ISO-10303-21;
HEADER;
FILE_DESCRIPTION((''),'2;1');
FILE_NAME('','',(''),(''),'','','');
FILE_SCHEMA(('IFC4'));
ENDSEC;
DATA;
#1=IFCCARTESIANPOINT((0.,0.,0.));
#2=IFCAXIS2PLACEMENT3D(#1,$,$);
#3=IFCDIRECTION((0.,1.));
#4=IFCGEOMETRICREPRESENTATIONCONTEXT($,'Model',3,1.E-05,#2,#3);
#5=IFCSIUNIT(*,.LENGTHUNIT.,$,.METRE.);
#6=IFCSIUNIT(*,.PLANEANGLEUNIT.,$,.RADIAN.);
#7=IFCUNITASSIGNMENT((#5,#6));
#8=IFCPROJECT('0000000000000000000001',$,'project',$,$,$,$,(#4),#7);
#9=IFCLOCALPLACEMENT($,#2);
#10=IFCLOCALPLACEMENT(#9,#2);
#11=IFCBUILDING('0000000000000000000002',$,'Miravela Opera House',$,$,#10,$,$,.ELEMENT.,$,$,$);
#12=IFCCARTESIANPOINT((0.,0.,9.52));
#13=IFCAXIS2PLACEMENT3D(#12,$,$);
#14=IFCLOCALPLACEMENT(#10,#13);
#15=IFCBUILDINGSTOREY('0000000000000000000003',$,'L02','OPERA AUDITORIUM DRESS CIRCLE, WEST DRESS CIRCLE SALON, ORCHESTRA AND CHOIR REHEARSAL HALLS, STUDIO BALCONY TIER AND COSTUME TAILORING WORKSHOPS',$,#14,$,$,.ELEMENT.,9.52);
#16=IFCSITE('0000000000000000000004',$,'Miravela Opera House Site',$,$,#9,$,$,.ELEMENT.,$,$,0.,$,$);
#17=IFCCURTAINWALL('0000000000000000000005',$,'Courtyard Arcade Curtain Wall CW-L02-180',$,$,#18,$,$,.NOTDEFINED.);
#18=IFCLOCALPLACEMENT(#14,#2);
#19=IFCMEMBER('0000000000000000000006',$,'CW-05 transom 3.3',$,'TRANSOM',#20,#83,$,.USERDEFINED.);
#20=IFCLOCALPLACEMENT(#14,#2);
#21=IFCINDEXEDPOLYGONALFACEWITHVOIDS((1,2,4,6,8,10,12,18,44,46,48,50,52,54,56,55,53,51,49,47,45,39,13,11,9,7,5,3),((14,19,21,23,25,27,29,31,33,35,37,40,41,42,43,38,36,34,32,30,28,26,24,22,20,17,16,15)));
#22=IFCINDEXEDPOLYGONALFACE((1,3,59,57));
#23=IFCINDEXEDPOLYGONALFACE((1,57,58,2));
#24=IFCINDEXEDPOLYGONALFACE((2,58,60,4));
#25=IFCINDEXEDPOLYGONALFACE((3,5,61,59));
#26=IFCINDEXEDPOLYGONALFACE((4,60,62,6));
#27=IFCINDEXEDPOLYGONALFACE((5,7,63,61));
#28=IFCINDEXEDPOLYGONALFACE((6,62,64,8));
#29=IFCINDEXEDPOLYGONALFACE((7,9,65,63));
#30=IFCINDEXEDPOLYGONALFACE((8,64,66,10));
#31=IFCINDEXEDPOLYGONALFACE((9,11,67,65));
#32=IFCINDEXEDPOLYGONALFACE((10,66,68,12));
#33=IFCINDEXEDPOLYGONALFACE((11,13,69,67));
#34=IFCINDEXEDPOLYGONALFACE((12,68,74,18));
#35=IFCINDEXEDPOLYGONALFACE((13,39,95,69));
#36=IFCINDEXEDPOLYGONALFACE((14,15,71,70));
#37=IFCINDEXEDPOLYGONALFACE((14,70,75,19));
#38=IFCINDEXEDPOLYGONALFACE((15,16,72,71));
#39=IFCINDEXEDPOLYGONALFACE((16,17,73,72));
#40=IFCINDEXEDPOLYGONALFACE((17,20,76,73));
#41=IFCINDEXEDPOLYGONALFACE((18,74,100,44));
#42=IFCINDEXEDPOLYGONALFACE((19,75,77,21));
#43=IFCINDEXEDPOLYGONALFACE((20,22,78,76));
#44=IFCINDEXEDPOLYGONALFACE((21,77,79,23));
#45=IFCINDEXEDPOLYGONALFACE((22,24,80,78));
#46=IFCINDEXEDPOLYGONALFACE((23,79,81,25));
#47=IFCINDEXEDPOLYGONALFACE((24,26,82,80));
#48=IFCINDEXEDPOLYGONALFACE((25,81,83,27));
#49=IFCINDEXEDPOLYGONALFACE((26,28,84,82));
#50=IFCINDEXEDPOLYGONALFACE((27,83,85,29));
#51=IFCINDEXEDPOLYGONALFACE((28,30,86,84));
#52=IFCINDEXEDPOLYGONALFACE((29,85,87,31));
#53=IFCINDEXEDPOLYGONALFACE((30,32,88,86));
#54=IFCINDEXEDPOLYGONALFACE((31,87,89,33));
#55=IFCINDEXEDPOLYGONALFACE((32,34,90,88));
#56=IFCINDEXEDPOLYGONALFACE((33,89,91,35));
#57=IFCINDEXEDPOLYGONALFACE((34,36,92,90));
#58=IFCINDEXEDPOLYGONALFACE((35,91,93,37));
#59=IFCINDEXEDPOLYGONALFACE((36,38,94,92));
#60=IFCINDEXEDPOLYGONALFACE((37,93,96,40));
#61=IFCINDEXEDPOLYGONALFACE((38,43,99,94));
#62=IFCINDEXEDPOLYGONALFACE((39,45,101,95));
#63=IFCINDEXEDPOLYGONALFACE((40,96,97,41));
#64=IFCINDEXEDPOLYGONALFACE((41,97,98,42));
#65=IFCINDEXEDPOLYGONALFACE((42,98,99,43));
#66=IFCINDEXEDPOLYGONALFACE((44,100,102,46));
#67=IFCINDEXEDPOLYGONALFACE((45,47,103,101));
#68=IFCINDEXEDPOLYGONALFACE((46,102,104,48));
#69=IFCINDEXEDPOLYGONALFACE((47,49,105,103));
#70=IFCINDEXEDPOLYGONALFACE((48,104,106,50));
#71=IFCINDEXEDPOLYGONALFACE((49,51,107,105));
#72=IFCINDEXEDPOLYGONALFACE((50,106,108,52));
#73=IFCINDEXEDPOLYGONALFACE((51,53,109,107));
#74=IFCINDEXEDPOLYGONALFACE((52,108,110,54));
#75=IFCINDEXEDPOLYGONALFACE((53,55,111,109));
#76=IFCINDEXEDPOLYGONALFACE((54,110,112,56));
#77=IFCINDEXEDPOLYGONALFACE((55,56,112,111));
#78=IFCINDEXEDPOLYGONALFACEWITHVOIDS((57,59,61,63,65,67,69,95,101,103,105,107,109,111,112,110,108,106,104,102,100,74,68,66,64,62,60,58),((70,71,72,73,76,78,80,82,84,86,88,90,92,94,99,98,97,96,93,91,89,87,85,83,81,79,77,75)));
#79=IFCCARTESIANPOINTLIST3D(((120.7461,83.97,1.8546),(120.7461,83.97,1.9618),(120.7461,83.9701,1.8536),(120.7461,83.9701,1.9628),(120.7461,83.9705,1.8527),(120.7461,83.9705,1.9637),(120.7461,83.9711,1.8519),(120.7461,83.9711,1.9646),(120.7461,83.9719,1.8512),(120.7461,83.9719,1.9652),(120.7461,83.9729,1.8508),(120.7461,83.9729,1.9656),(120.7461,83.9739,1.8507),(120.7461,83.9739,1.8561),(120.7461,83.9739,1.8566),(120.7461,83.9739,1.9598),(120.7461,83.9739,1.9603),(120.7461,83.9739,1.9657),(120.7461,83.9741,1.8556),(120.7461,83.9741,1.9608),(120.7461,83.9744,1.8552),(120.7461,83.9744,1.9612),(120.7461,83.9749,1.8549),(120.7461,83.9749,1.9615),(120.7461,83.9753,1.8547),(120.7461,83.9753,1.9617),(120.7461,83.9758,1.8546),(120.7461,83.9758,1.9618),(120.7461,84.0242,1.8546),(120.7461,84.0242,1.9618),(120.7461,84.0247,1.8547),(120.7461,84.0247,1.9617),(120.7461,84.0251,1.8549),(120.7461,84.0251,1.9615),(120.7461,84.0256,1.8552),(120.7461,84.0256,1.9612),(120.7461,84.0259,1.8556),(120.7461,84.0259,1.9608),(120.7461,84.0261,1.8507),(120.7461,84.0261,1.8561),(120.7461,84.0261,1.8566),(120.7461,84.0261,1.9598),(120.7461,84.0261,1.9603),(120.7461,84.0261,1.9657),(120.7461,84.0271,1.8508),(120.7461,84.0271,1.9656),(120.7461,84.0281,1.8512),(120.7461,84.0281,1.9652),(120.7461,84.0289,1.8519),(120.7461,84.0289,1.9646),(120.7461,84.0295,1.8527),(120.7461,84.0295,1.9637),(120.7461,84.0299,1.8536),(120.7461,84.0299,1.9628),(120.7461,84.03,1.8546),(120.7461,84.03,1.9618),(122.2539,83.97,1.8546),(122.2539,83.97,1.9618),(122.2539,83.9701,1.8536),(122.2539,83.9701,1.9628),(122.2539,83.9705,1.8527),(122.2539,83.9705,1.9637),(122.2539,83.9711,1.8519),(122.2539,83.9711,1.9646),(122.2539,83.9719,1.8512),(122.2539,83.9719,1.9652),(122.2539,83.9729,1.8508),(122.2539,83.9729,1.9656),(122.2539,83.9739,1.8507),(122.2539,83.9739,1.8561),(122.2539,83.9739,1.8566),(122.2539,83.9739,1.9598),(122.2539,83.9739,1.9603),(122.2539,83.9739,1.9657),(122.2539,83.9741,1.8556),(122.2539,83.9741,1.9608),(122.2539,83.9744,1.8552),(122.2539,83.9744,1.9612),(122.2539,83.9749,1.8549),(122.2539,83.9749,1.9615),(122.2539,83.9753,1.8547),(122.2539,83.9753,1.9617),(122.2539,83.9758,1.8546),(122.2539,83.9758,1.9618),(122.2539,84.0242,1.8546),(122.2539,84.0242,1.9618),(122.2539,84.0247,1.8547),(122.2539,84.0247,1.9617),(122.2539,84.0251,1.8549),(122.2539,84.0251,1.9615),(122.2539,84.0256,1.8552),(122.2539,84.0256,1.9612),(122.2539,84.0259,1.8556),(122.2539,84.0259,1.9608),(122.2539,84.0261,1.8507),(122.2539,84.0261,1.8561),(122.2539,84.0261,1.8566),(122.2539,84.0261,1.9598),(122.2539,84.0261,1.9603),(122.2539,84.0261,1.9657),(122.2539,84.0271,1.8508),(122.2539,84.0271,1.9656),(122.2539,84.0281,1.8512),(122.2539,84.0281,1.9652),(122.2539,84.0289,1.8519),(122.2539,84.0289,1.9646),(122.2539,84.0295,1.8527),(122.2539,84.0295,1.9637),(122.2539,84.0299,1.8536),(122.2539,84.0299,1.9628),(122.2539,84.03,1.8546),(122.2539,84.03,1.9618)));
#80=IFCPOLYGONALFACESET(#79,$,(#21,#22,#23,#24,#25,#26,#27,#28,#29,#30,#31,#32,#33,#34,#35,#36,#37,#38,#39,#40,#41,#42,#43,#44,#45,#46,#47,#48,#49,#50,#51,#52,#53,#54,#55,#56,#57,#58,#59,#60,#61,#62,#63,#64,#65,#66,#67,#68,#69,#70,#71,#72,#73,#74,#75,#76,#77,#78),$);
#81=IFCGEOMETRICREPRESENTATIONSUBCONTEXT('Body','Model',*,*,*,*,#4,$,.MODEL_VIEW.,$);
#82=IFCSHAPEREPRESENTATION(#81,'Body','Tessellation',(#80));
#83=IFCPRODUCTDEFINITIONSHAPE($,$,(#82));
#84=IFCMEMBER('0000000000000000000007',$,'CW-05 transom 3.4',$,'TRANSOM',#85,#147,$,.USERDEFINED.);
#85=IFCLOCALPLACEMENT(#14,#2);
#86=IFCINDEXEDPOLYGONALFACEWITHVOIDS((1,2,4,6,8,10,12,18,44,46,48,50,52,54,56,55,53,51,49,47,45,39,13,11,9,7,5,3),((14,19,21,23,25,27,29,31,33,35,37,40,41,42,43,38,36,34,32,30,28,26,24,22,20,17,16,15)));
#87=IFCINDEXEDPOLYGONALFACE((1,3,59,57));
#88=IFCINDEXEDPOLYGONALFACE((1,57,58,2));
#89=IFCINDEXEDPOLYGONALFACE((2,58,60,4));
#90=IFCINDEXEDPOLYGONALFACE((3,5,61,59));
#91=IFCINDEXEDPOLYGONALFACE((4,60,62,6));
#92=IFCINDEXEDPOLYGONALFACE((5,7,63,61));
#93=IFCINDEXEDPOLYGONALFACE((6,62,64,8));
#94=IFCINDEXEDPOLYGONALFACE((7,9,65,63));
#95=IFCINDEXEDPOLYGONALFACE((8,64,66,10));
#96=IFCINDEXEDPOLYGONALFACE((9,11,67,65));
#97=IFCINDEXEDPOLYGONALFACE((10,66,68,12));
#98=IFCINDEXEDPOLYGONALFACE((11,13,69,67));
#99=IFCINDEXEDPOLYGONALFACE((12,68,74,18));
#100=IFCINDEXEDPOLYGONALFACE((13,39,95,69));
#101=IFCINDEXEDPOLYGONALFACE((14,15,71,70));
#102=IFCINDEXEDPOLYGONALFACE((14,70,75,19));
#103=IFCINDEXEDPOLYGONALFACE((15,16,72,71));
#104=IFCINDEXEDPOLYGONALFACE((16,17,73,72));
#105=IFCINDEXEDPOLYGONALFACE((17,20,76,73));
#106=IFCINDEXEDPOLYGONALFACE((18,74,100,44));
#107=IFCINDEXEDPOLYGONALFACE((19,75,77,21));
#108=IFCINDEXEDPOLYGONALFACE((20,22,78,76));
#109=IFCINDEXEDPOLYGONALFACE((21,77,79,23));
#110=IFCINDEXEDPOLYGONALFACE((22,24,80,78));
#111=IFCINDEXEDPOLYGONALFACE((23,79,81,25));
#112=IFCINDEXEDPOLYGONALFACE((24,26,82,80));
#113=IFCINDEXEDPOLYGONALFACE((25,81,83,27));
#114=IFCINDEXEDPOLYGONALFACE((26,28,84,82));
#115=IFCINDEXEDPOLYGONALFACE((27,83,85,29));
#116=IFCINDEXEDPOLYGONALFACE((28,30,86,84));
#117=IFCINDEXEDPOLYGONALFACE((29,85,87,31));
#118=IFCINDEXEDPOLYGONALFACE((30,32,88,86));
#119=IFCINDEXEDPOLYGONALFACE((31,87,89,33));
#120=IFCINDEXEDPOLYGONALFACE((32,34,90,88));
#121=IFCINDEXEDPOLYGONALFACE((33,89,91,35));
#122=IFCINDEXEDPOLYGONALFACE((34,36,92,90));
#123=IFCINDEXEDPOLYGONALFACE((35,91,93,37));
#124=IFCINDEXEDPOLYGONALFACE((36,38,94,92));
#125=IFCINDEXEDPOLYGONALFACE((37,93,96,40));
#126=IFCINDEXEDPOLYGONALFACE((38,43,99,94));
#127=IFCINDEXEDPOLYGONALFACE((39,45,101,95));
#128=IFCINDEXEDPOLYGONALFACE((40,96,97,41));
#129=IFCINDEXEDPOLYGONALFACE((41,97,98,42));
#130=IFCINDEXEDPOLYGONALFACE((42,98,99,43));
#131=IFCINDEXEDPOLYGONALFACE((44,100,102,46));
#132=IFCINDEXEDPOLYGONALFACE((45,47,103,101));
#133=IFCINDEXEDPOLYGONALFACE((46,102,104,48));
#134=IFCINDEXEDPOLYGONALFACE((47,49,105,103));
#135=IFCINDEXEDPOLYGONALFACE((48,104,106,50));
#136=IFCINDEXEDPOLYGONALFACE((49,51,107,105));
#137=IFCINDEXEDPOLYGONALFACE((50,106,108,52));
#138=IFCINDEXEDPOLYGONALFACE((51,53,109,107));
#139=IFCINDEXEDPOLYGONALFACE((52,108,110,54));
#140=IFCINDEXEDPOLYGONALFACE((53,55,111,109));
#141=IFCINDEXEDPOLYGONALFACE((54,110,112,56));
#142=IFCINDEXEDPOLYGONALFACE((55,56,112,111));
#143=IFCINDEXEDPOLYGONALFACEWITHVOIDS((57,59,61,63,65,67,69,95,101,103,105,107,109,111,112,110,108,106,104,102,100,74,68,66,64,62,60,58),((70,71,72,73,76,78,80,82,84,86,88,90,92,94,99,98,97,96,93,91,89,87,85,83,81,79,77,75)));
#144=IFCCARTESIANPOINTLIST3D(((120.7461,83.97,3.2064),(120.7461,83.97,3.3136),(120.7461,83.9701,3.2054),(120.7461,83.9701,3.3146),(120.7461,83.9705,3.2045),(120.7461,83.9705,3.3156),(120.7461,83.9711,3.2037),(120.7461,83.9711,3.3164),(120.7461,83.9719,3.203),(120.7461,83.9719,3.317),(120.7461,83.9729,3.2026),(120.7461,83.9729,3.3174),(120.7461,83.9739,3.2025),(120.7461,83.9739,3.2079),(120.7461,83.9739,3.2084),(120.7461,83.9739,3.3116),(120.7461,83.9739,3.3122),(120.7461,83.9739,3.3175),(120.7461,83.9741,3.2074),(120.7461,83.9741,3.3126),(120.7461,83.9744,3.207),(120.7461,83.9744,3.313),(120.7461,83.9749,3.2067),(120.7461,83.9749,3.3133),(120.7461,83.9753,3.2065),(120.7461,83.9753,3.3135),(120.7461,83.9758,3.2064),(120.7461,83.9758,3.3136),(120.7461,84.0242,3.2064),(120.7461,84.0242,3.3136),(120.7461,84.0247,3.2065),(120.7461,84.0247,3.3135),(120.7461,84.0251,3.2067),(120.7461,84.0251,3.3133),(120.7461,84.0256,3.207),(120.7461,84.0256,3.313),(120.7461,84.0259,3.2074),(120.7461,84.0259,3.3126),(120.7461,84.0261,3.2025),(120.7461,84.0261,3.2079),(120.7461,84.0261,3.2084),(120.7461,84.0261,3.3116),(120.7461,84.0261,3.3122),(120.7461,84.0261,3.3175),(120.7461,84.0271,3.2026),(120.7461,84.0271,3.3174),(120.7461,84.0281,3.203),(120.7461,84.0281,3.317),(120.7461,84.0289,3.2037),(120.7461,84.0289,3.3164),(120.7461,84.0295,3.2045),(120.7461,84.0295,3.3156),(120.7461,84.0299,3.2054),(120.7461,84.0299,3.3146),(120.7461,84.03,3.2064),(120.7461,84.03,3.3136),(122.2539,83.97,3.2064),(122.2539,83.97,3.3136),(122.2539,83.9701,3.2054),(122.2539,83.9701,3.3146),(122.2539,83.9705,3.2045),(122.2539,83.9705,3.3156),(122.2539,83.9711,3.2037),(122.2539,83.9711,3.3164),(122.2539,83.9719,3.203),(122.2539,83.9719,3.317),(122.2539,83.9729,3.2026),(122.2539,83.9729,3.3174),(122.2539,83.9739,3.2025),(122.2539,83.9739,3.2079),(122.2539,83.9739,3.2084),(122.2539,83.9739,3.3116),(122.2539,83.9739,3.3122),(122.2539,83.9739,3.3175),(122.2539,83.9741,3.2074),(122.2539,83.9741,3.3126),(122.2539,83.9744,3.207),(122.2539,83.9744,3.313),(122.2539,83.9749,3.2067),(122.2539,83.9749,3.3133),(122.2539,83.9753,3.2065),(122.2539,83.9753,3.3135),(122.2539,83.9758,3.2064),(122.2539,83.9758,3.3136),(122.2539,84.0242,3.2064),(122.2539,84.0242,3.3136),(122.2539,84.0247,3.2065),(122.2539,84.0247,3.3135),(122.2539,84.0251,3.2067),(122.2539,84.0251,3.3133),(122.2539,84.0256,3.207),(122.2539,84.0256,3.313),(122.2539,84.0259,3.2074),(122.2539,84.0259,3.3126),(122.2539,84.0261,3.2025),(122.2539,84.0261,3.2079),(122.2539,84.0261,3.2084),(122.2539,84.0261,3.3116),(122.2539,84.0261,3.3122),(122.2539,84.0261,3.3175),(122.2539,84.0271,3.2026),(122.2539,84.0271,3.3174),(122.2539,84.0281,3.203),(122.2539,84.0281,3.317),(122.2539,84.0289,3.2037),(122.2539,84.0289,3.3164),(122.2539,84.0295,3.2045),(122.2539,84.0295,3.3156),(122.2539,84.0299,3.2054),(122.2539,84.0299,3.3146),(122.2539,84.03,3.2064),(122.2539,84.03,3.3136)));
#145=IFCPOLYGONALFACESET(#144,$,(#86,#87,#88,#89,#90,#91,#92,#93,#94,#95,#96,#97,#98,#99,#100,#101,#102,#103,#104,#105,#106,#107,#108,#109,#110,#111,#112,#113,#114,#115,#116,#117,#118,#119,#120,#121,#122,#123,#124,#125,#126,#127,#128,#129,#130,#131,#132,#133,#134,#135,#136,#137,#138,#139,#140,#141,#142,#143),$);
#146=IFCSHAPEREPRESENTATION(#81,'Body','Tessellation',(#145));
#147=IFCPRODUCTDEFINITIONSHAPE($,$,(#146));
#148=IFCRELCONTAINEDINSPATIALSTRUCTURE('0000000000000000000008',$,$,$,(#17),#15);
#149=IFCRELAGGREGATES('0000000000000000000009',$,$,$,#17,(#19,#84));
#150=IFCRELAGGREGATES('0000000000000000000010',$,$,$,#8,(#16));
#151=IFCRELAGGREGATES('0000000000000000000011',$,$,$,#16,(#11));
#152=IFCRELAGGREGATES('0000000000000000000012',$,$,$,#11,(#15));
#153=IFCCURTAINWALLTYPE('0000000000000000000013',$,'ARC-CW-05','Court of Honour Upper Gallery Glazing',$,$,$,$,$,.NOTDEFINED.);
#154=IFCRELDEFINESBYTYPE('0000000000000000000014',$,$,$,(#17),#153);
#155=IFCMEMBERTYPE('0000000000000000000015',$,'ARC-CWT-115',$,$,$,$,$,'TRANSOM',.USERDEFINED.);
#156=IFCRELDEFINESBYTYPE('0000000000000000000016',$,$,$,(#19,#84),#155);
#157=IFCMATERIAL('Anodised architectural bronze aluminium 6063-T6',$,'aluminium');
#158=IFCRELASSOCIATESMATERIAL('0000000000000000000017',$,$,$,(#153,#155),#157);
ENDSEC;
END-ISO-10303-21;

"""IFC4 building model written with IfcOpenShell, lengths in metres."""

from ifc_helpers import new_model, si_unit, direction, frame, origin, origin_2d, place, context, subcontext, project, spatial, hollow_rectangle, extrude, material, material_profile, profile_set, type_object, element, aggregate, save


model = new_model("IFC4")

# Units and contexts
model_context = context("Model", 3, precision=1e-05, world=origin(), true_north=direction((0.0, 1.0)))
body_context = subcontext(model_context, "Body", "Model", "MODEL_VIEW")
ifc_project = project(units=[si_unit("LENGTHUNIT", "METRE"), si_unit("PLANEANGLEUNIT", "RADIAN")], contexts=[model_context])

# Site, building, storey
site_placement = place(None, origin())
site = spatial("IfcSite", under=ifc_project, at=site_placement, Name="Miravela Opera House Site", CompositionType="ELEMENT", RefElevation=0.0)
building_placement = place(site_placement, origin())
building = spatial("IfcBuilding", under=site, at=building_placement, Name="Miravela Opera House", CompositionType="ELEMENT")
storey_placement = place(building_placement, frame((0.0, 0.0, 9.52)))
storey = spatial("IfcBuildingStorey", under=building, at=storey_placement, Name="L02", Description="OPERA AUDITORIUM DRESS CIRCLE, WEST DRESS CIRCLE SALON, ORCHESTRA AND CHOIR REHEARSAL HALLS, STUDIO BALCONY TIER AND COSTUME TAILORING WORKSHOPS", CompositionType="ELEMENT", Elevation=9.52)

# Curtain wall, members
ifc_material_1 = material(Name="Anodised architectural bronze aluminium 6063-T6", Category="aluminium")
curtain_wall_type = type_object("IfcCurtainWallType", Name="ARC-CW-05", Description="Court of Honour Upper Gallery Glazing", PredefinedType="NOTDEFINED", material=ifc_material_1)
curtain_wall_placement = place(storey_placement, origin())
curtain_wall = element("IfcCurtainWall", 1, at=curtain_wall_placement, inside=storey, type_object=curtain_wall_type, Name="Courtyard Arcade Curtain Wall CW-L02-180", PredefinedType="NOTDEFINED")
ifc_material_profile_1 = material_profile(ifc_material_1, hollow_rectangle(XDim=0.0601, YDim=0.115, WallThickness=0.0039, InnerFilletRadius=0.002, OuterFilletRadius=0.0039, at=origin_2d()), Name="CWT-60X115")
ifc_profile_set_1 = profile_set([ifc_material_profile_1])
member_type_1 = type_object("IfcMemberType", Name="ARC-CWT-115", ElementType="TRANSOM", PredefinedType="USERDEFINED", material=ifc_profile_set_1)
member_1_placement = place(storey_placement, frame((120.7461, 84.0, 1.9082), z_axis=(1.0, 0.0, 0.0), x_axis=(0.0, 1.0, 0.0)))
member_1 = element("IfcMember", 2, at=member_1_placement, type_object=member_type_1, Name="CW-05 transom 3.3", ObjectType="TRANSOM", PredefinedType="USERDEFINED", context=body_context, shape_type="SweptSolid", body=[
    extrude(hollow_rectangle(XDim=0.0601, YDim=0.115, WallThickness=0.0039, InnerFilletRadius=0.002, OuterFilletRadius=0.0039, at=origin_2d()), origin(), (0.0, 0.0, 1.0), 1.5078),
])
member_2_placement = place(storey_placement, frame((120.7461, 84.0, 3.26), z_axis=(1.0, 0.0, 0.0), x_axis=(0.0, 1.0, 0.0)))
member_2 = element("IfcMember", 3, at=member_2_placement, type_object=member_type_1, Name="CW-05 transom 3.4", ObjectType="TRANSOM", PredefinedType="USERDEFINED", context=body_context, shape_type="SweptSolid", body=[
    extrude(hollow_rectangle(XDim=0.0601, YDim=0.115, WallThickness=0.0039, InnerFilletRadius=0.002, OuterFilletRadius=0.0039, at=origin_2d()), origin(), (0.0, 0.0, 1.0), 1.5078),
])
aggregate(curtain_wall, [member_1, member_2])

save(model, "model.ifc")
